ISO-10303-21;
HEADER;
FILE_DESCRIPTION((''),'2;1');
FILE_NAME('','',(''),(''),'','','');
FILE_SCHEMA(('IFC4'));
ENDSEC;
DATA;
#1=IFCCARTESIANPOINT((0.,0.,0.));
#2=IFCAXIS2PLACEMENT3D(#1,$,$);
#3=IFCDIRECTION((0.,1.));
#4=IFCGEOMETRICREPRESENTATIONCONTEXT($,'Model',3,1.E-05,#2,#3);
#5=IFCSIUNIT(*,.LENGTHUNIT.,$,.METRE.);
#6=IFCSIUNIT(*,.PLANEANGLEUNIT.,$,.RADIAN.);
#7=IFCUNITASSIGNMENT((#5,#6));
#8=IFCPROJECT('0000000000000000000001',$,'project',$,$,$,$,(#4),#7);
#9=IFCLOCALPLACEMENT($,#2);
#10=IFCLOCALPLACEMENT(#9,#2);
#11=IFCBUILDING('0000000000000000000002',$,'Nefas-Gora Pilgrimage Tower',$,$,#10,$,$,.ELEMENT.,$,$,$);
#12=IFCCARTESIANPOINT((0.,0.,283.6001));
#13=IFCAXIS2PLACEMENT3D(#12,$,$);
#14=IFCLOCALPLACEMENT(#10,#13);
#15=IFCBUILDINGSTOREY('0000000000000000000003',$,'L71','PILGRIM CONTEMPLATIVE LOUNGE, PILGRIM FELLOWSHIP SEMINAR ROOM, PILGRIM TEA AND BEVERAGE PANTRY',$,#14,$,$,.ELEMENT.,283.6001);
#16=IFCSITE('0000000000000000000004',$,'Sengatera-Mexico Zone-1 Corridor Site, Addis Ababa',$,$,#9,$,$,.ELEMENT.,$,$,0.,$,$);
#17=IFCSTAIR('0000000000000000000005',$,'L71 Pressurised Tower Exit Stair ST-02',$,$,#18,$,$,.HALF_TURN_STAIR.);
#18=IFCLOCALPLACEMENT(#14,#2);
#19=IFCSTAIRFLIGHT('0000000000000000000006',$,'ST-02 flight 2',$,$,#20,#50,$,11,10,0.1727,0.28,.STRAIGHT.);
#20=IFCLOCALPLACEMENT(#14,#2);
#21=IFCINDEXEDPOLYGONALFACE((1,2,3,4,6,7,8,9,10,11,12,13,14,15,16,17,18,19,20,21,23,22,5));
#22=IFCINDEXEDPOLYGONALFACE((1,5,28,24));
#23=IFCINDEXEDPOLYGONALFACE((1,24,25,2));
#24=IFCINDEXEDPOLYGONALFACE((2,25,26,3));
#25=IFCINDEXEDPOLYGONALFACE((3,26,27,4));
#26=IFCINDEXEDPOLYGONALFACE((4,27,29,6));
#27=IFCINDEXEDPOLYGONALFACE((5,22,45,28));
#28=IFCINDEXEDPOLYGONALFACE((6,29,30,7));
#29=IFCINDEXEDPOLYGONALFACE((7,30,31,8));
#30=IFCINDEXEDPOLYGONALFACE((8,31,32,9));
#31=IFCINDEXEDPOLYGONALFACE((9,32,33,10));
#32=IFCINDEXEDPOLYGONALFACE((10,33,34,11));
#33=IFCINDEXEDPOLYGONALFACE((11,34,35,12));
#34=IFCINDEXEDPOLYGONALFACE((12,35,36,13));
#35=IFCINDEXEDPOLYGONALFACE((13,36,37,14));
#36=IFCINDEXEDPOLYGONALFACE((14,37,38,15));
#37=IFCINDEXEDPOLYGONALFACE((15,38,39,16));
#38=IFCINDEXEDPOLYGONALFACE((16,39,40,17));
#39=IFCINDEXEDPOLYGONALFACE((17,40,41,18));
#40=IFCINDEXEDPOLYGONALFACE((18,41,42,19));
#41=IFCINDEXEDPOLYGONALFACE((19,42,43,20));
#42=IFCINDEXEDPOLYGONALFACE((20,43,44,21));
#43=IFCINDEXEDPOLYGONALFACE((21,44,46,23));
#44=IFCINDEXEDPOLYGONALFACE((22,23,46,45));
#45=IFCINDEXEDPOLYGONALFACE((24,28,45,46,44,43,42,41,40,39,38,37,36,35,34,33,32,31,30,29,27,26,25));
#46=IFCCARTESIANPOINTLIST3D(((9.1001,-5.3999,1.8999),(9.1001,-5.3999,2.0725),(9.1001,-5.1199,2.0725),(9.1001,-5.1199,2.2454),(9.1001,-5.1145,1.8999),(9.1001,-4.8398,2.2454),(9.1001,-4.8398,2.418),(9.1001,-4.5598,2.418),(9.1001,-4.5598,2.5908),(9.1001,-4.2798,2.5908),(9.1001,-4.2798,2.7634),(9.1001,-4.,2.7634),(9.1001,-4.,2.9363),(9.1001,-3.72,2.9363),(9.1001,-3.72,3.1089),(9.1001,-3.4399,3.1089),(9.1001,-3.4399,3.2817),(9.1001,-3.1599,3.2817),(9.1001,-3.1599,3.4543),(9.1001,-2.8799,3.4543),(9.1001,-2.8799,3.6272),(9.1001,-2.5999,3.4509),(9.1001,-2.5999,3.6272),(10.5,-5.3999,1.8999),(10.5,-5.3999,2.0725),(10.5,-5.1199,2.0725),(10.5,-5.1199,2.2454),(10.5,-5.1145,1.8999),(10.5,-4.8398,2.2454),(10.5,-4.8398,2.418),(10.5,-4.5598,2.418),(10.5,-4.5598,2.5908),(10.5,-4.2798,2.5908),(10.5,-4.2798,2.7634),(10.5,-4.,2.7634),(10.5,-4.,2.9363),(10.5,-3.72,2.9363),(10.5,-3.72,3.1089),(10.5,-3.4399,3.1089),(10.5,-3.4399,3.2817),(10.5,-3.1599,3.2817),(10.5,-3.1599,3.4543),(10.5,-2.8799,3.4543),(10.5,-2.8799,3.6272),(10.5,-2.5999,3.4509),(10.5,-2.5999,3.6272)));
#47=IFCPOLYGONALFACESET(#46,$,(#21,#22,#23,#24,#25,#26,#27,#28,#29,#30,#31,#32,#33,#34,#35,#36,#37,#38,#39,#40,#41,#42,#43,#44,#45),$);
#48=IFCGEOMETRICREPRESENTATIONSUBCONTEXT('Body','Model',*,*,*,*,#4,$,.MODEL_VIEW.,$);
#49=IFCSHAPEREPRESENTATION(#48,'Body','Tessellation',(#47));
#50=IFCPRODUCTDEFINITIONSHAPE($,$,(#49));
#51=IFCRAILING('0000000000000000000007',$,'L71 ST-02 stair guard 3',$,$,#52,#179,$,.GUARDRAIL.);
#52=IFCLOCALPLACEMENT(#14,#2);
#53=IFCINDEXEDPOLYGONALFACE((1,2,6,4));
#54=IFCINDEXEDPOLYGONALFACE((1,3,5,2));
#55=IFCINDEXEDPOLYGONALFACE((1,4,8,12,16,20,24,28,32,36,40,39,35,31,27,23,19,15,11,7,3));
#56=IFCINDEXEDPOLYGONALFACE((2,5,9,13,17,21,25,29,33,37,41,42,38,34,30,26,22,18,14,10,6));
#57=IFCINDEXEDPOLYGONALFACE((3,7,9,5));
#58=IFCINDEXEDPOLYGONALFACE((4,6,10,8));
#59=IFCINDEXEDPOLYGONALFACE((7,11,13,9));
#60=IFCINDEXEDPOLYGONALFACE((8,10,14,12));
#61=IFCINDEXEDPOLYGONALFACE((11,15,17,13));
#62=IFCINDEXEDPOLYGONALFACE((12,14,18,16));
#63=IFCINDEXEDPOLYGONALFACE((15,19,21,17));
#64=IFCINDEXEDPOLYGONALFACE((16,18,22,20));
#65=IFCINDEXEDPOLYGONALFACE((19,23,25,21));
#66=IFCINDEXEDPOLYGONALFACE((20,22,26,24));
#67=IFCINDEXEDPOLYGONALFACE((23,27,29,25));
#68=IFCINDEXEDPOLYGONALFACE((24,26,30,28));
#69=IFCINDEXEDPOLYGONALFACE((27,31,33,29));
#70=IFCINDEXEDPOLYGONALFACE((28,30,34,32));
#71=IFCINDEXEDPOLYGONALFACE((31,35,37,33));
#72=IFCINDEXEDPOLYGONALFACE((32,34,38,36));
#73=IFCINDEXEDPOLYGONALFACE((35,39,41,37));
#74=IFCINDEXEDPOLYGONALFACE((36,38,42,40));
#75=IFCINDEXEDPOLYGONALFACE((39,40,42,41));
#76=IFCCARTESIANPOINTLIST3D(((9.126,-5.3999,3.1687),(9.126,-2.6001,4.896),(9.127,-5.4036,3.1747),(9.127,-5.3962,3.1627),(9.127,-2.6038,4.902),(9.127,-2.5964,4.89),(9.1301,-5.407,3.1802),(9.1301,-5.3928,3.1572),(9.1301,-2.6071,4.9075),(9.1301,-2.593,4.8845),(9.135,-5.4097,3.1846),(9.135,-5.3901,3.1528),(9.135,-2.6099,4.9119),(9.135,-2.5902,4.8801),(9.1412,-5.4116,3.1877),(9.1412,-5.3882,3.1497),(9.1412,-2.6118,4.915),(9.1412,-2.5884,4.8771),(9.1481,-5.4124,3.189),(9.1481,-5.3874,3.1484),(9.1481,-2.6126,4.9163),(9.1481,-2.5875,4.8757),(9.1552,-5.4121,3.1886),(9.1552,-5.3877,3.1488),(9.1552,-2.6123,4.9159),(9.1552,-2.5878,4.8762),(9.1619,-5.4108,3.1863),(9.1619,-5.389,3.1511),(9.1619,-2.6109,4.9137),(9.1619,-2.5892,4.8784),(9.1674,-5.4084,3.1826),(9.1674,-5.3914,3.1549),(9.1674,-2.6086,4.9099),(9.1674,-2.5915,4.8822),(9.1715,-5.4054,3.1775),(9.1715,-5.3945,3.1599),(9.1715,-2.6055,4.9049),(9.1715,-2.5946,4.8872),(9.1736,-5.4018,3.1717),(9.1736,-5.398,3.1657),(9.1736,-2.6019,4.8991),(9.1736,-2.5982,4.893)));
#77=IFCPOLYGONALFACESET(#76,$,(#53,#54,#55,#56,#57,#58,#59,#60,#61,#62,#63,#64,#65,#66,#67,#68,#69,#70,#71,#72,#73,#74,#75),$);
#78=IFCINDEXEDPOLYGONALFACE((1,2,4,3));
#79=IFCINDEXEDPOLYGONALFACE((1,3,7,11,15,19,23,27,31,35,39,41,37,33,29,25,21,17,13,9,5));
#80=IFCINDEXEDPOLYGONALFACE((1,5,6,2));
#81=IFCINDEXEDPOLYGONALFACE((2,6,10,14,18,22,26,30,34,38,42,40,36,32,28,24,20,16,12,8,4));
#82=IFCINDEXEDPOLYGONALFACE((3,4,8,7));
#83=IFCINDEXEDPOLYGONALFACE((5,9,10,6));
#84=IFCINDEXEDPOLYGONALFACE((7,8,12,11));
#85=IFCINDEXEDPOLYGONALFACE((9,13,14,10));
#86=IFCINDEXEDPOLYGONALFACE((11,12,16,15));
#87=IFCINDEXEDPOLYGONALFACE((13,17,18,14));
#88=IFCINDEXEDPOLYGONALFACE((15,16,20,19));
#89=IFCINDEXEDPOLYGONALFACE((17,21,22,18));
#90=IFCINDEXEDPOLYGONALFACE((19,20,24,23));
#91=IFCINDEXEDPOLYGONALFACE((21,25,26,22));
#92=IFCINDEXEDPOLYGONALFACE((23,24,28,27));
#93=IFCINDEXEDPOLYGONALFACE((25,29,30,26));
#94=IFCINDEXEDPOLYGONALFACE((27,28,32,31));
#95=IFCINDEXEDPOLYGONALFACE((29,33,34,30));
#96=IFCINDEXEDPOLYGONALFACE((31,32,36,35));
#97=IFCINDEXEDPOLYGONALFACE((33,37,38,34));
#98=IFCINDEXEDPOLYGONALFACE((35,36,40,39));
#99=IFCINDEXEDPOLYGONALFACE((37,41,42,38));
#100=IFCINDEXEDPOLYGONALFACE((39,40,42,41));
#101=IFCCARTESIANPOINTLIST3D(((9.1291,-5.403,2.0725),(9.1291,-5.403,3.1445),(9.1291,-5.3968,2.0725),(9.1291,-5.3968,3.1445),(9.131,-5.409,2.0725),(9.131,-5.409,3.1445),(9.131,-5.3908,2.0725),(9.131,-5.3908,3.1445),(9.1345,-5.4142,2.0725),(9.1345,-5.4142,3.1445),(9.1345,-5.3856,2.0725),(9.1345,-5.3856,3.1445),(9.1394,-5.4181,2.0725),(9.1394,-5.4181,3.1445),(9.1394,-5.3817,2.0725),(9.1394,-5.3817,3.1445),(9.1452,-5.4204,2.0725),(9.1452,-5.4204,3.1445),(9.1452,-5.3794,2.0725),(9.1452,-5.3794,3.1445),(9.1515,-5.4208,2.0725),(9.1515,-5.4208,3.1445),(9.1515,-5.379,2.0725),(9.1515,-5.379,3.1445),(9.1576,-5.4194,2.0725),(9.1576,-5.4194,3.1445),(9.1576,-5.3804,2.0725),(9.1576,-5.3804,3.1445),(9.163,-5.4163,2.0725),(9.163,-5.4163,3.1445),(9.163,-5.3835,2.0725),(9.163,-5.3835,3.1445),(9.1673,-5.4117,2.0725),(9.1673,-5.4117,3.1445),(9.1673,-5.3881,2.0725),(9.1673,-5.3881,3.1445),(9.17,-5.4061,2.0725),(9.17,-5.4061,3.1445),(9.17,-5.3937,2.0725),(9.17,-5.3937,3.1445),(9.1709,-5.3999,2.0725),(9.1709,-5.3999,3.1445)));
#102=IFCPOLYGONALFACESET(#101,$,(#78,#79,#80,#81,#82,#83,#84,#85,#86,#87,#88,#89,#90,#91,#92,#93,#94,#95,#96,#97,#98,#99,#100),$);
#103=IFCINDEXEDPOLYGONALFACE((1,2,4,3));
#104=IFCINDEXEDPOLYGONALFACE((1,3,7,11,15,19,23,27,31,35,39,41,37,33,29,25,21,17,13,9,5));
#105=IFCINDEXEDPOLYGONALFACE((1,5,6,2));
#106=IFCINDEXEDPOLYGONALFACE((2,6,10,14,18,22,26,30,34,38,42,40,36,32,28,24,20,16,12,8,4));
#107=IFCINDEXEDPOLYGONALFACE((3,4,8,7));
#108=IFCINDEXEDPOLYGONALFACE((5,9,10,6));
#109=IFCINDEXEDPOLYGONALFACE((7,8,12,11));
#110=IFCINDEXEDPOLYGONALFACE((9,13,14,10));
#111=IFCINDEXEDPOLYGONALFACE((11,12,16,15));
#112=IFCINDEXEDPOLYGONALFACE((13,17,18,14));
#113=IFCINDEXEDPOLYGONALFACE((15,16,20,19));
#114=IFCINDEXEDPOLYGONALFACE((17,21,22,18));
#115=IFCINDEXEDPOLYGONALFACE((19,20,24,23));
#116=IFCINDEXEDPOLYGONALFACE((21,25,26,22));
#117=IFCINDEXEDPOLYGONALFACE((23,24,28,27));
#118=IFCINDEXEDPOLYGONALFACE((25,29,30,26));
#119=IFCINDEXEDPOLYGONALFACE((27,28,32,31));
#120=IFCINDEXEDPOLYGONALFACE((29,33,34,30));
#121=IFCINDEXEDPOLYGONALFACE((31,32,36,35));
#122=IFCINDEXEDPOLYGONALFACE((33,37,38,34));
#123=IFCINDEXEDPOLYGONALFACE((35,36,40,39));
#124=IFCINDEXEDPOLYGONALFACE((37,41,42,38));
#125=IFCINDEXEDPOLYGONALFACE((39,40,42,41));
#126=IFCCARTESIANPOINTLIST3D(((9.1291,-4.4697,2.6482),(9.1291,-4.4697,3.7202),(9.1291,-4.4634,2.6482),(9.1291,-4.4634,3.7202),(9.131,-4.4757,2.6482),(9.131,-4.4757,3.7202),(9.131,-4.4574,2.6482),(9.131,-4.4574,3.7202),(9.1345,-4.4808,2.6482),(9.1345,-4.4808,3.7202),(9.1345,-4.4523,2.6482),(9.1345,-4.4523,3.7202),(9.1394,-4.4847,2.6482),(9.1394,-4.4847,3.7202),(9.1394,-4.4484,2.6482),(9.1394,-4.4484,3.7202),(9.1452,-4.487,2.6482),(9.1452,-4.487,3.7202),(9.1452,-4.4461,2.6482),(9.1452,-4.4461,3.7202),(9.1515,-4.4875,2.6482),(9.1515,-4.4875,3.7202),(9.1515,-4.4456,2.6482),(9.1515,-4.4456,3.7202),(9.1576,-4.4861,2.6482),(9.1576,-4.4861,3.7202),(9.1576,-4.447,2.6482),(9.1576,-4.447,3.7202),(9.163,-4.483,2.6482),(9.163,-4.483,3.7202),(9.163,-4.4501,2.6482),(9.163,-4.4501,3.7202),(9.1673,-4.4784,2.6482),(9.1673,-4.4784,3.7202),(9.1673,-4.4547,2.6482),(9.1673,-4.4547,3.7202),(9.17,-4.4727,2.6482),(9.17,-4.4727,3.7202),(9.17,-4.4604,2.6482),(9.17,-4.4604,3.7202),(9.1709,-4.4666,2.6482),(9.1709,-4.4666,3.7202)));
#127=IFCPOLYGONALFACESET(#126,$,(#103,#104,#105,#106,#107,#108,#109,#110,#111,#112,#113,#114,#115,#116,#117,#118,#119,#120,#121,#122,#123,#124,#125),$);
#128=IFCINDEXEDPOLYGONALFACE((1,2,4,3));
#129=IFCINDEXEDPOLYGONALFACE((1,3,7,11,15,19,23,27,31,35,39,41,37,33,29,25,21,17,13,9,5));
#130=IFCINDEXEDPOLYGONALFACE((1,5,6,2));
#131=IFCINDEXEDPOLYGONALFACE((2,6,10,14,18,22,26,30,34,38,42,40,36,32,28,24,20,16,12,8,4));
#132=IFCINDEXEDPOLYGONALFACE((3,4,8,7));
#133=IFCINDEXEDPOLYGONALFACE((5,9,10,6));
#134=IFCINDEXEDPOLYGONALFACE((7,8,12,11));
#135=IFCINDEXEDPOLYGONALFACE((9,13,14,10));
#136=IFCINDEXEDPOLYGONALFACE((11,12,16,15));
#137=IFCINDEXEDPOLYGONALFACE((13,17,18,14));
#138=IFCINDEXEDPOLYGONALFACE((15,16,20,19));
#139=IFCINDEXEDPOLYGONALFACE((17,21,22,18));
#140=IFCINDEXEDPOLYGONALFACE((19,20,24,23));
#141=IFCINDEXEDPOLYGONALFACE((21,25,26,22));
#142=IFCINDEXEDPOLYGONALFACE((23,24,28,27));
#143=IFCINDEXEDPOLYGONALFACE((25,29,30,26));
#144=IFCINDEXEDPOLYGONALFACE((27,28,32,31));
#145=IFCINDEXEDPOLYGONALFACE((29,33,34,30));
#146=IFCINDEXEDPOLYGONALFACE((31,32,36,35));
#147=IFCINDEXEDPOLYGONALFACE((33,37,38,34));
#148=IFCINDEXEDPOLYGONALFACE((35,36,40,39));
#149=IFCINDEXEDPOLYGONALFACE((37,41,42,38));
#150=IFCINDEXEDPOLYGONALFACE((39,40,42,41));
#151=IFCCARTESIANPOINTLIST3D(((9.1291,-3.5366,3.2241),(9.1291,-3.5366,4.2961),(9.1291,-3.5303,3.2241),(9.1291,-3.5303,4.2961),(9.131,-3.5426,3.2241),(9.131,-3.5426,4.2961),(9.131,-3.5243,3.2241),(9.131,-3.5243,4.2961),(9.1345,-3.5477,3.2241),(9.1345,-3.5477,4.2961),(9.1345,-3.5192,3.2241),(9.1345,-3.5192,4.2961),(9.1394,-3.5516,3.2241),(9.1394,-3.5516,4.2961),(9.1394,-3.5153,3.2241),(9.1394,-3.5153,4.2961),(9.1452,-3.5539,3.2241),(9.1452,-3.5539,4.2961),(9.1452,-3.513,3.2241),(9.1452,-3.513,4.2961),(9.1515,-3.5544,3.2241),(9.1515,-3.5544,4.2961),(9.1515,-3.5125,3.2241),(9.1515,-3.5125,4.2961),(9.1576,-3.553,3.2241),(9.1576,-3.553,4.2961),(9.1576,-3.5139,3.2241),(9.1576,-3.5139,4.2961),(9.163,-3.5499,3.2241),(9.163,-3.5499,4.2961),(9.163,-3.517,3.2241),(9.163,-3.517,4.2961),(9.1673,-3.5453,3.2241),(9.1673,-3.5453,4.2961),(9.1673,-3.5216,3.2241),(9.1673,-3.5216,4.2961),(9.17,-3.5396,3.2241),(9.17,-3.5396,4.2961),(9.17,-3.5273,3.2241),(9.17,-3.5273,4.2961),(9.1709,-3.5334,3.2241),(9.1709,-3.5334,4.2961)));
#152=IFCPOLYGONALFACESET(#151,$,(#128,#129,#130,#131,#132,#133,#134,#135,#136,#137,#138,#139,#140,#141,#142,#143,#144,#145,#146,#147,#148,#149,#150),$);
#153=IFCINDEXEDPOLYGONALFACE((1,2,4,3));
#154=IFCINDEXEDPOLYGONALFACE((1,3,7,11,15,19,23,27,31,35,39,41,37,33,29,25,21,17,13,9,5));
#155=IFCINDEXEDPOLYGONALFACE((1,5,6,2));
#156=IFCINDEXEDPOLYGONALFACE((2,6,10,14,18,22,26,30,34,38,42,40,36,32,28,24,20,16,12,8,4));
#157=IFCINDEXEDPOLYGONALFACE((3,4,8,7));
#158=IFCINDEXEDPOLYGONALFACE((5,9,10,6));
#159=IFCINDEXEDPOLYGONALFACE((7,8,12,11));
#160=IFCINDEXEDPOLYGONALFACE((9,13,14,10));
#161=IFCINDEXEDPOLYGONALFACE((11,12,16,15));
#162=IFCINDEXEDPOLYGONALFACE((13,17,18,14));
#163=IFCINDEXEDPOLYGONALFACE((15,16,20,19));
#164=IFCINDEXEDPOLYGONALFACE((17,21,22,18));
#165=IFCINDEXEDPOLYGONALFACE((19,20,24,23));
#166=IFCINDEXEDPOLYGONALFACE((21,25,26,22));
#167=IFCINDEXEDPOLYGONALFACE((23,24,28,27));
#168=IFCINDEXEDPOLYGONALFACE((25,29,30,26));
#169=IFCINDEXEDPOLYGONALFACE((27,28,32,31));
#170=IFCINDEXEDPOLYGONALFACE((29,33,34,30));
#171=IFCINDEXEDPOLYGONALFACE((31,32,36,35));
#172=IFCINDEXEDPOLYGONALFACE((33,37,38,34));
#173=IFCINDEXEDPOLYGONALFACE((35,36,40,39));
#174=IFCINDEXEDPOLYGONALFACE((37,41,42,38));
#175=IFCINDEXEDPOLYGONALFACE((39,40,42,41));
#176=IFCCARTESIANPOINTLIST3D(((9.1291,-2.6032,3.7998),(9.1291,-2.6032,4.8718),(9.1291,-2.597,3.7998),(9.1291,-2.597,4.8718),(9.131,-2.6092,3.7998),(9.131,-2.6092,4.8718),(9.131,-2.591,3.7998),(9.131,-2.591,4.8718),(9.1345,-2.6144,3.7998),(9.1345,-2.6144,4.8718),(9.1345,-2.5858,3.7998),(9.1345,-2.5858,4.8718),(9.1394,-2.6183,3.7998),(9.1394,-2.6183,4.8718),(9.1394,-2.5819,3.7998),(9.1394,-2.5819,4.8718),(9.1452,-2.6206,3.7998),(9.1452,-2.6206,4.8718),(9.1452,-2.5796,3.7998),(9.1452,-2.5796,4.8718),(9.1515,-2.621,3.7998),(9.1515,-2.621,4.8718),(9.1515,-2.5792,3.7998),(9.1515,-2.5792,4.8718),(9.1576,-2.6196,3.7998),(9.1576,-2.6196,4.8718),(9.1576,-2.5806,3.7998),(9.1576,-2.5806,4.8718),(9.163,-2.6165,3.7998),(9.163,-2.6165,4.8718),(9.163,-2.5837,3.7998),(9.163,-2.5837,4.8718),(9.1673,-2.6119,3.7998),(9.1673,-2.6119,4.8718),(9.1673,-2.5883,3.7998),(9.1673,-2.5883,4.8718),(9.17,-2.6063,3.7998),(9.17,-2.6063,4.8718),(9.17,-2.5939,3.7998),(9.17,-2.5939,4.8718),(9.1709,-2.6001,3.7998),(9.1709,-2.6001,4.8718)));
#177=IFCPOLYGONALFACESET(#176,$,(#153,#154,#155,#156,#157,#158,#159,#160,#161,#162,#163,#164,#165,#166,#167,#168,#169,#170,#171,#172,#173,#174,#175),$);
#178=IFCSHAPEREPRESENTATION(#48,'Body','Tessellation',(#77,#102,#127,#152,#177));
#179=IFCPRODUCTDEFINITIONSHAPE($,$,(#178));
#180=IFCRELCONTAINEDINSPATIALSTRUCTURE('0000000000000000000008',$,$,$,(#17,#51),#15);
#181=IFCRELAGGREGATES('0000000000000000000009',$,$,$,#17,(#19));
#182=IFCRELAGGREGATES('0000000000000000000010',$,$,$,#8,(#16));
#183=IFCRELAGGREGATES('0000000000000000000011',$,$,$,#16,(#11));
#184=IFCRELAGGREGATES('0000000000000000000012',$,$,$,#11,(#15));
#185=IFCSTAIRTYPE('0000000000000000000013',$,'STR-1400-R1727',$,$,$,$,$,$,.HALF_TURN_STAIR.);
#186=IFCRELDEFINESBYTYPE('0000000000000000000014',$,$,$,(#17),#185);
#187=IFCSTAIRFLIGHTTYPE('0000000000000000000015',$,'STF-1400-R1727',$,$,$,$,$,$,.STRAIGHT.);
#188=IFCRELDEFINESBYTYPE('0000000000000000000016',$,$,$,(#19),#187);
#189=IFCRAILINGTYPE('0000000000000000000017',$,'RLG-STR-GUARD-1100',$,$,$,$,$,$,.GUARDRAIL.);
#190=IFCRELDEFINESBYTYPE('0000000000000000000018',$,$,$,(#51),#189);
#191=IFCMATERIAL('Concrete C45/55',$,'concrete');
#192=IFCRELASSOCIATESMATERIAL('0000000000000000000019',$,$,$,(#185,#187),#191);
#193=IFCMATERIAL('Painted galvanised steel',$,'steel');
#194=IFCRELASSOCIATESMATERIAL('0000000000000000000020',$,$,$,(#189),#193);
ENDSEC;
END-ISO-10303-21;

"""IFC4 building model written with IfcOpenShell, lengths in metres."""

from ifc_helpers import new_model, si_unit, direction, frame, origin, origin_2d, place, context, subcontext, project, spatial, polyline, circle, outline, extrude, source, transform, mapped, material, type_object, element, aggregate, save


model = new_model("IFC4")

# Units and contexts
model_context = context("Model", 3, precision=1e-05, world=origin(), true_north=direction((0.0, 1.0)))
body_context = subcontext(model_context, "Body", "Model", "MODEL_VIEW")
ifc_project = project(units=[si_unit("LENGTHUNIT", "METRE"), si_unit("PLANEANGLEUNIT", "RADIAN")], contexts=[model_context])

# Site, building, storey
site_placement = place(None, origin())
site = spatial("IfcSite", under=ifc_project, at=site_placement, Name="Sengatera-Mexico Zone-1 Corridor Site, Addis Ababa", CompositionType="ELEMENT", RefElevation=0.0)
building_placement = place(site_placement, origin())
building = spatial("IfcBuilding", under=site, at=building_placement, Name="Nefas-Gora Pilgrimage Tower", CompositionType="ELEMENT")
storey_placement = place(building_placement, frame((0.0, 0.0, 283.6001)))
storey = spatial("IfcBuildingStorey", under=building, at=storey_placement, Name="L71", Description="PILGRIM CONTEMPLATIVE LOUNGE, PILGRIM FELLOWSHIP SEMINAR ROOM, PILGRIM TEA AND BEVERAGE PANTRY", CompositionType="ELEMENT", Elevation=283.6001)

# Shared definitions
ifc_material_1 = material(Name="Concrete C45/55", Category="concrete")

# Stair, stair flight
stair_type = type_object("IfcStairType", Name="STR-1400-R1727", PredefinedType="HALF_TURN_STAIR", material=ifc_material_1)
stair_placement = place(storey_placement, origin())
stair = element("IfcStair", 1, at=stair_placement, inside=storey, type_object=stair_type, Name="L71 Pressurised Tower Exit Stair ST-02", PredefinedType="HALF_TURN_STAIR")
stair_flight_type = type_object("IfcStairFlightType", Name="STF-1400-R1727", PredefinedType="STRAIGHT", material=ifc_material_1)
shared_shape_1 = source(origin(), body_context, "Body", "SweptSolid", [
    extrude(outline(polyline([(0.0, 0.0), (0.0, 0.1726), (0.28, 0.1726), (0.28, 0.3455), (0.5601, 0.3455), (0.5601, 0.5181), (0.8401, 0.5181), (0.8401, 0.6909), (1.1201, 0.6909), (1.1201, 0.8635), (1.3999, 0.8635), (1.3999, 1.0364), (1.6799, 1.0364), (1.6799, 1.209), (1.96, 1.209), (1.96, 1.3818), (2.24, 1.3818), (2.24, 1.5544), (2.52, 1.5544), (2.52, 1.7273), (2.8, 1.7273), (2.8, 1.8999), (2.8, 1.551), (0.2854, 0.0), (0.0, 0.0)])), frame((0.0, 0.7, 0.0), z_axis=(0.0, -1.0, 0.0), x_axis=(1.0, 0.0, 0.0)), (0.0, 0.0, 1.0), 1.3999),
])
stair_flight_placement = place(storey_placement, frame((9.8, -5.3999, 1.8999), z_axis=(0.0, 0.0, 1.0), x_axis=(0.0, 1.0, 0.0)))
stair_flight = element("IfcStairFlight", 2, at=stair_flight_placement, type_object=stair_flight_type, Name="ST-02 flight 2", NumberOfRisers=11, NumberOfTreads=10, PredefinedType="STRAIGHT", RiserHeight=0.1727, TreadLength=0.28, context=body_context, shape_type="MappedRepresentation", body=[
    mapped(shared_shape_1, transform((0.0, 0.0, 0.0), x_axis=(1.0, 0.0, 0.0), y_axis=(0.0, 1.0, 0.0), z_axis=(0.0, 0.0, 1.0), scale=1.0)),
])
aggregate(stair, [stair_flight])

# Railing
ifc_material_2 = material(Name="Painted galvanised steel", Category="steel")
railing_type_1 = type_object("IfcRailingType", Name="RLG-STR-GUARD-1100", PredefinedType="GUARDRAIL", material=ifc_material_2)
railing_1_placement = place(storey_placement, frame((9.1499, -5.3999, 2.0725)))
element("IfcRailing", 3, at=railing_1_placement, inside=storey, type_object=railing_type_1, Name="L71 ST-02 stair guard 3", PredefinedType="GUARDRAIL", context=body_context, shape_type="SweptSolid", body=[
    extrude(circle(Radius=0.0239, at=origin_2d()), frame((0.0, 0.0, 1.0962), z_axis=(0.0, 0.851069, 0.525054), x_axis=(-1.0, 0.0, 0.0)), (0.0, 0.0, 1.0), 3.2898),
    extrude(circle(Radius=0.021, at=origin_2d()), origin(), (0.0, 0.0, 1.0), 1.072),
    extrude(circle(Radius=0.021, at=origin_2d()), frame((0.0, 0.9333, 0.5757)), (0.0, 0.0, 1.0), 1.072),
    extrude(circle(Radius=0.021, at=origin_2d()), frame((0.0, 1.8665, 1.1516)), (0.0, 0.0, 1.0), 1.072),
    extrude(circle(Radius=0.021, at=origin_2d()), frame((0.0, 2.7998, 1.7273)), (0.0, 0.0, 1.0), 1.072),
])

save(model, "model.ifc")
